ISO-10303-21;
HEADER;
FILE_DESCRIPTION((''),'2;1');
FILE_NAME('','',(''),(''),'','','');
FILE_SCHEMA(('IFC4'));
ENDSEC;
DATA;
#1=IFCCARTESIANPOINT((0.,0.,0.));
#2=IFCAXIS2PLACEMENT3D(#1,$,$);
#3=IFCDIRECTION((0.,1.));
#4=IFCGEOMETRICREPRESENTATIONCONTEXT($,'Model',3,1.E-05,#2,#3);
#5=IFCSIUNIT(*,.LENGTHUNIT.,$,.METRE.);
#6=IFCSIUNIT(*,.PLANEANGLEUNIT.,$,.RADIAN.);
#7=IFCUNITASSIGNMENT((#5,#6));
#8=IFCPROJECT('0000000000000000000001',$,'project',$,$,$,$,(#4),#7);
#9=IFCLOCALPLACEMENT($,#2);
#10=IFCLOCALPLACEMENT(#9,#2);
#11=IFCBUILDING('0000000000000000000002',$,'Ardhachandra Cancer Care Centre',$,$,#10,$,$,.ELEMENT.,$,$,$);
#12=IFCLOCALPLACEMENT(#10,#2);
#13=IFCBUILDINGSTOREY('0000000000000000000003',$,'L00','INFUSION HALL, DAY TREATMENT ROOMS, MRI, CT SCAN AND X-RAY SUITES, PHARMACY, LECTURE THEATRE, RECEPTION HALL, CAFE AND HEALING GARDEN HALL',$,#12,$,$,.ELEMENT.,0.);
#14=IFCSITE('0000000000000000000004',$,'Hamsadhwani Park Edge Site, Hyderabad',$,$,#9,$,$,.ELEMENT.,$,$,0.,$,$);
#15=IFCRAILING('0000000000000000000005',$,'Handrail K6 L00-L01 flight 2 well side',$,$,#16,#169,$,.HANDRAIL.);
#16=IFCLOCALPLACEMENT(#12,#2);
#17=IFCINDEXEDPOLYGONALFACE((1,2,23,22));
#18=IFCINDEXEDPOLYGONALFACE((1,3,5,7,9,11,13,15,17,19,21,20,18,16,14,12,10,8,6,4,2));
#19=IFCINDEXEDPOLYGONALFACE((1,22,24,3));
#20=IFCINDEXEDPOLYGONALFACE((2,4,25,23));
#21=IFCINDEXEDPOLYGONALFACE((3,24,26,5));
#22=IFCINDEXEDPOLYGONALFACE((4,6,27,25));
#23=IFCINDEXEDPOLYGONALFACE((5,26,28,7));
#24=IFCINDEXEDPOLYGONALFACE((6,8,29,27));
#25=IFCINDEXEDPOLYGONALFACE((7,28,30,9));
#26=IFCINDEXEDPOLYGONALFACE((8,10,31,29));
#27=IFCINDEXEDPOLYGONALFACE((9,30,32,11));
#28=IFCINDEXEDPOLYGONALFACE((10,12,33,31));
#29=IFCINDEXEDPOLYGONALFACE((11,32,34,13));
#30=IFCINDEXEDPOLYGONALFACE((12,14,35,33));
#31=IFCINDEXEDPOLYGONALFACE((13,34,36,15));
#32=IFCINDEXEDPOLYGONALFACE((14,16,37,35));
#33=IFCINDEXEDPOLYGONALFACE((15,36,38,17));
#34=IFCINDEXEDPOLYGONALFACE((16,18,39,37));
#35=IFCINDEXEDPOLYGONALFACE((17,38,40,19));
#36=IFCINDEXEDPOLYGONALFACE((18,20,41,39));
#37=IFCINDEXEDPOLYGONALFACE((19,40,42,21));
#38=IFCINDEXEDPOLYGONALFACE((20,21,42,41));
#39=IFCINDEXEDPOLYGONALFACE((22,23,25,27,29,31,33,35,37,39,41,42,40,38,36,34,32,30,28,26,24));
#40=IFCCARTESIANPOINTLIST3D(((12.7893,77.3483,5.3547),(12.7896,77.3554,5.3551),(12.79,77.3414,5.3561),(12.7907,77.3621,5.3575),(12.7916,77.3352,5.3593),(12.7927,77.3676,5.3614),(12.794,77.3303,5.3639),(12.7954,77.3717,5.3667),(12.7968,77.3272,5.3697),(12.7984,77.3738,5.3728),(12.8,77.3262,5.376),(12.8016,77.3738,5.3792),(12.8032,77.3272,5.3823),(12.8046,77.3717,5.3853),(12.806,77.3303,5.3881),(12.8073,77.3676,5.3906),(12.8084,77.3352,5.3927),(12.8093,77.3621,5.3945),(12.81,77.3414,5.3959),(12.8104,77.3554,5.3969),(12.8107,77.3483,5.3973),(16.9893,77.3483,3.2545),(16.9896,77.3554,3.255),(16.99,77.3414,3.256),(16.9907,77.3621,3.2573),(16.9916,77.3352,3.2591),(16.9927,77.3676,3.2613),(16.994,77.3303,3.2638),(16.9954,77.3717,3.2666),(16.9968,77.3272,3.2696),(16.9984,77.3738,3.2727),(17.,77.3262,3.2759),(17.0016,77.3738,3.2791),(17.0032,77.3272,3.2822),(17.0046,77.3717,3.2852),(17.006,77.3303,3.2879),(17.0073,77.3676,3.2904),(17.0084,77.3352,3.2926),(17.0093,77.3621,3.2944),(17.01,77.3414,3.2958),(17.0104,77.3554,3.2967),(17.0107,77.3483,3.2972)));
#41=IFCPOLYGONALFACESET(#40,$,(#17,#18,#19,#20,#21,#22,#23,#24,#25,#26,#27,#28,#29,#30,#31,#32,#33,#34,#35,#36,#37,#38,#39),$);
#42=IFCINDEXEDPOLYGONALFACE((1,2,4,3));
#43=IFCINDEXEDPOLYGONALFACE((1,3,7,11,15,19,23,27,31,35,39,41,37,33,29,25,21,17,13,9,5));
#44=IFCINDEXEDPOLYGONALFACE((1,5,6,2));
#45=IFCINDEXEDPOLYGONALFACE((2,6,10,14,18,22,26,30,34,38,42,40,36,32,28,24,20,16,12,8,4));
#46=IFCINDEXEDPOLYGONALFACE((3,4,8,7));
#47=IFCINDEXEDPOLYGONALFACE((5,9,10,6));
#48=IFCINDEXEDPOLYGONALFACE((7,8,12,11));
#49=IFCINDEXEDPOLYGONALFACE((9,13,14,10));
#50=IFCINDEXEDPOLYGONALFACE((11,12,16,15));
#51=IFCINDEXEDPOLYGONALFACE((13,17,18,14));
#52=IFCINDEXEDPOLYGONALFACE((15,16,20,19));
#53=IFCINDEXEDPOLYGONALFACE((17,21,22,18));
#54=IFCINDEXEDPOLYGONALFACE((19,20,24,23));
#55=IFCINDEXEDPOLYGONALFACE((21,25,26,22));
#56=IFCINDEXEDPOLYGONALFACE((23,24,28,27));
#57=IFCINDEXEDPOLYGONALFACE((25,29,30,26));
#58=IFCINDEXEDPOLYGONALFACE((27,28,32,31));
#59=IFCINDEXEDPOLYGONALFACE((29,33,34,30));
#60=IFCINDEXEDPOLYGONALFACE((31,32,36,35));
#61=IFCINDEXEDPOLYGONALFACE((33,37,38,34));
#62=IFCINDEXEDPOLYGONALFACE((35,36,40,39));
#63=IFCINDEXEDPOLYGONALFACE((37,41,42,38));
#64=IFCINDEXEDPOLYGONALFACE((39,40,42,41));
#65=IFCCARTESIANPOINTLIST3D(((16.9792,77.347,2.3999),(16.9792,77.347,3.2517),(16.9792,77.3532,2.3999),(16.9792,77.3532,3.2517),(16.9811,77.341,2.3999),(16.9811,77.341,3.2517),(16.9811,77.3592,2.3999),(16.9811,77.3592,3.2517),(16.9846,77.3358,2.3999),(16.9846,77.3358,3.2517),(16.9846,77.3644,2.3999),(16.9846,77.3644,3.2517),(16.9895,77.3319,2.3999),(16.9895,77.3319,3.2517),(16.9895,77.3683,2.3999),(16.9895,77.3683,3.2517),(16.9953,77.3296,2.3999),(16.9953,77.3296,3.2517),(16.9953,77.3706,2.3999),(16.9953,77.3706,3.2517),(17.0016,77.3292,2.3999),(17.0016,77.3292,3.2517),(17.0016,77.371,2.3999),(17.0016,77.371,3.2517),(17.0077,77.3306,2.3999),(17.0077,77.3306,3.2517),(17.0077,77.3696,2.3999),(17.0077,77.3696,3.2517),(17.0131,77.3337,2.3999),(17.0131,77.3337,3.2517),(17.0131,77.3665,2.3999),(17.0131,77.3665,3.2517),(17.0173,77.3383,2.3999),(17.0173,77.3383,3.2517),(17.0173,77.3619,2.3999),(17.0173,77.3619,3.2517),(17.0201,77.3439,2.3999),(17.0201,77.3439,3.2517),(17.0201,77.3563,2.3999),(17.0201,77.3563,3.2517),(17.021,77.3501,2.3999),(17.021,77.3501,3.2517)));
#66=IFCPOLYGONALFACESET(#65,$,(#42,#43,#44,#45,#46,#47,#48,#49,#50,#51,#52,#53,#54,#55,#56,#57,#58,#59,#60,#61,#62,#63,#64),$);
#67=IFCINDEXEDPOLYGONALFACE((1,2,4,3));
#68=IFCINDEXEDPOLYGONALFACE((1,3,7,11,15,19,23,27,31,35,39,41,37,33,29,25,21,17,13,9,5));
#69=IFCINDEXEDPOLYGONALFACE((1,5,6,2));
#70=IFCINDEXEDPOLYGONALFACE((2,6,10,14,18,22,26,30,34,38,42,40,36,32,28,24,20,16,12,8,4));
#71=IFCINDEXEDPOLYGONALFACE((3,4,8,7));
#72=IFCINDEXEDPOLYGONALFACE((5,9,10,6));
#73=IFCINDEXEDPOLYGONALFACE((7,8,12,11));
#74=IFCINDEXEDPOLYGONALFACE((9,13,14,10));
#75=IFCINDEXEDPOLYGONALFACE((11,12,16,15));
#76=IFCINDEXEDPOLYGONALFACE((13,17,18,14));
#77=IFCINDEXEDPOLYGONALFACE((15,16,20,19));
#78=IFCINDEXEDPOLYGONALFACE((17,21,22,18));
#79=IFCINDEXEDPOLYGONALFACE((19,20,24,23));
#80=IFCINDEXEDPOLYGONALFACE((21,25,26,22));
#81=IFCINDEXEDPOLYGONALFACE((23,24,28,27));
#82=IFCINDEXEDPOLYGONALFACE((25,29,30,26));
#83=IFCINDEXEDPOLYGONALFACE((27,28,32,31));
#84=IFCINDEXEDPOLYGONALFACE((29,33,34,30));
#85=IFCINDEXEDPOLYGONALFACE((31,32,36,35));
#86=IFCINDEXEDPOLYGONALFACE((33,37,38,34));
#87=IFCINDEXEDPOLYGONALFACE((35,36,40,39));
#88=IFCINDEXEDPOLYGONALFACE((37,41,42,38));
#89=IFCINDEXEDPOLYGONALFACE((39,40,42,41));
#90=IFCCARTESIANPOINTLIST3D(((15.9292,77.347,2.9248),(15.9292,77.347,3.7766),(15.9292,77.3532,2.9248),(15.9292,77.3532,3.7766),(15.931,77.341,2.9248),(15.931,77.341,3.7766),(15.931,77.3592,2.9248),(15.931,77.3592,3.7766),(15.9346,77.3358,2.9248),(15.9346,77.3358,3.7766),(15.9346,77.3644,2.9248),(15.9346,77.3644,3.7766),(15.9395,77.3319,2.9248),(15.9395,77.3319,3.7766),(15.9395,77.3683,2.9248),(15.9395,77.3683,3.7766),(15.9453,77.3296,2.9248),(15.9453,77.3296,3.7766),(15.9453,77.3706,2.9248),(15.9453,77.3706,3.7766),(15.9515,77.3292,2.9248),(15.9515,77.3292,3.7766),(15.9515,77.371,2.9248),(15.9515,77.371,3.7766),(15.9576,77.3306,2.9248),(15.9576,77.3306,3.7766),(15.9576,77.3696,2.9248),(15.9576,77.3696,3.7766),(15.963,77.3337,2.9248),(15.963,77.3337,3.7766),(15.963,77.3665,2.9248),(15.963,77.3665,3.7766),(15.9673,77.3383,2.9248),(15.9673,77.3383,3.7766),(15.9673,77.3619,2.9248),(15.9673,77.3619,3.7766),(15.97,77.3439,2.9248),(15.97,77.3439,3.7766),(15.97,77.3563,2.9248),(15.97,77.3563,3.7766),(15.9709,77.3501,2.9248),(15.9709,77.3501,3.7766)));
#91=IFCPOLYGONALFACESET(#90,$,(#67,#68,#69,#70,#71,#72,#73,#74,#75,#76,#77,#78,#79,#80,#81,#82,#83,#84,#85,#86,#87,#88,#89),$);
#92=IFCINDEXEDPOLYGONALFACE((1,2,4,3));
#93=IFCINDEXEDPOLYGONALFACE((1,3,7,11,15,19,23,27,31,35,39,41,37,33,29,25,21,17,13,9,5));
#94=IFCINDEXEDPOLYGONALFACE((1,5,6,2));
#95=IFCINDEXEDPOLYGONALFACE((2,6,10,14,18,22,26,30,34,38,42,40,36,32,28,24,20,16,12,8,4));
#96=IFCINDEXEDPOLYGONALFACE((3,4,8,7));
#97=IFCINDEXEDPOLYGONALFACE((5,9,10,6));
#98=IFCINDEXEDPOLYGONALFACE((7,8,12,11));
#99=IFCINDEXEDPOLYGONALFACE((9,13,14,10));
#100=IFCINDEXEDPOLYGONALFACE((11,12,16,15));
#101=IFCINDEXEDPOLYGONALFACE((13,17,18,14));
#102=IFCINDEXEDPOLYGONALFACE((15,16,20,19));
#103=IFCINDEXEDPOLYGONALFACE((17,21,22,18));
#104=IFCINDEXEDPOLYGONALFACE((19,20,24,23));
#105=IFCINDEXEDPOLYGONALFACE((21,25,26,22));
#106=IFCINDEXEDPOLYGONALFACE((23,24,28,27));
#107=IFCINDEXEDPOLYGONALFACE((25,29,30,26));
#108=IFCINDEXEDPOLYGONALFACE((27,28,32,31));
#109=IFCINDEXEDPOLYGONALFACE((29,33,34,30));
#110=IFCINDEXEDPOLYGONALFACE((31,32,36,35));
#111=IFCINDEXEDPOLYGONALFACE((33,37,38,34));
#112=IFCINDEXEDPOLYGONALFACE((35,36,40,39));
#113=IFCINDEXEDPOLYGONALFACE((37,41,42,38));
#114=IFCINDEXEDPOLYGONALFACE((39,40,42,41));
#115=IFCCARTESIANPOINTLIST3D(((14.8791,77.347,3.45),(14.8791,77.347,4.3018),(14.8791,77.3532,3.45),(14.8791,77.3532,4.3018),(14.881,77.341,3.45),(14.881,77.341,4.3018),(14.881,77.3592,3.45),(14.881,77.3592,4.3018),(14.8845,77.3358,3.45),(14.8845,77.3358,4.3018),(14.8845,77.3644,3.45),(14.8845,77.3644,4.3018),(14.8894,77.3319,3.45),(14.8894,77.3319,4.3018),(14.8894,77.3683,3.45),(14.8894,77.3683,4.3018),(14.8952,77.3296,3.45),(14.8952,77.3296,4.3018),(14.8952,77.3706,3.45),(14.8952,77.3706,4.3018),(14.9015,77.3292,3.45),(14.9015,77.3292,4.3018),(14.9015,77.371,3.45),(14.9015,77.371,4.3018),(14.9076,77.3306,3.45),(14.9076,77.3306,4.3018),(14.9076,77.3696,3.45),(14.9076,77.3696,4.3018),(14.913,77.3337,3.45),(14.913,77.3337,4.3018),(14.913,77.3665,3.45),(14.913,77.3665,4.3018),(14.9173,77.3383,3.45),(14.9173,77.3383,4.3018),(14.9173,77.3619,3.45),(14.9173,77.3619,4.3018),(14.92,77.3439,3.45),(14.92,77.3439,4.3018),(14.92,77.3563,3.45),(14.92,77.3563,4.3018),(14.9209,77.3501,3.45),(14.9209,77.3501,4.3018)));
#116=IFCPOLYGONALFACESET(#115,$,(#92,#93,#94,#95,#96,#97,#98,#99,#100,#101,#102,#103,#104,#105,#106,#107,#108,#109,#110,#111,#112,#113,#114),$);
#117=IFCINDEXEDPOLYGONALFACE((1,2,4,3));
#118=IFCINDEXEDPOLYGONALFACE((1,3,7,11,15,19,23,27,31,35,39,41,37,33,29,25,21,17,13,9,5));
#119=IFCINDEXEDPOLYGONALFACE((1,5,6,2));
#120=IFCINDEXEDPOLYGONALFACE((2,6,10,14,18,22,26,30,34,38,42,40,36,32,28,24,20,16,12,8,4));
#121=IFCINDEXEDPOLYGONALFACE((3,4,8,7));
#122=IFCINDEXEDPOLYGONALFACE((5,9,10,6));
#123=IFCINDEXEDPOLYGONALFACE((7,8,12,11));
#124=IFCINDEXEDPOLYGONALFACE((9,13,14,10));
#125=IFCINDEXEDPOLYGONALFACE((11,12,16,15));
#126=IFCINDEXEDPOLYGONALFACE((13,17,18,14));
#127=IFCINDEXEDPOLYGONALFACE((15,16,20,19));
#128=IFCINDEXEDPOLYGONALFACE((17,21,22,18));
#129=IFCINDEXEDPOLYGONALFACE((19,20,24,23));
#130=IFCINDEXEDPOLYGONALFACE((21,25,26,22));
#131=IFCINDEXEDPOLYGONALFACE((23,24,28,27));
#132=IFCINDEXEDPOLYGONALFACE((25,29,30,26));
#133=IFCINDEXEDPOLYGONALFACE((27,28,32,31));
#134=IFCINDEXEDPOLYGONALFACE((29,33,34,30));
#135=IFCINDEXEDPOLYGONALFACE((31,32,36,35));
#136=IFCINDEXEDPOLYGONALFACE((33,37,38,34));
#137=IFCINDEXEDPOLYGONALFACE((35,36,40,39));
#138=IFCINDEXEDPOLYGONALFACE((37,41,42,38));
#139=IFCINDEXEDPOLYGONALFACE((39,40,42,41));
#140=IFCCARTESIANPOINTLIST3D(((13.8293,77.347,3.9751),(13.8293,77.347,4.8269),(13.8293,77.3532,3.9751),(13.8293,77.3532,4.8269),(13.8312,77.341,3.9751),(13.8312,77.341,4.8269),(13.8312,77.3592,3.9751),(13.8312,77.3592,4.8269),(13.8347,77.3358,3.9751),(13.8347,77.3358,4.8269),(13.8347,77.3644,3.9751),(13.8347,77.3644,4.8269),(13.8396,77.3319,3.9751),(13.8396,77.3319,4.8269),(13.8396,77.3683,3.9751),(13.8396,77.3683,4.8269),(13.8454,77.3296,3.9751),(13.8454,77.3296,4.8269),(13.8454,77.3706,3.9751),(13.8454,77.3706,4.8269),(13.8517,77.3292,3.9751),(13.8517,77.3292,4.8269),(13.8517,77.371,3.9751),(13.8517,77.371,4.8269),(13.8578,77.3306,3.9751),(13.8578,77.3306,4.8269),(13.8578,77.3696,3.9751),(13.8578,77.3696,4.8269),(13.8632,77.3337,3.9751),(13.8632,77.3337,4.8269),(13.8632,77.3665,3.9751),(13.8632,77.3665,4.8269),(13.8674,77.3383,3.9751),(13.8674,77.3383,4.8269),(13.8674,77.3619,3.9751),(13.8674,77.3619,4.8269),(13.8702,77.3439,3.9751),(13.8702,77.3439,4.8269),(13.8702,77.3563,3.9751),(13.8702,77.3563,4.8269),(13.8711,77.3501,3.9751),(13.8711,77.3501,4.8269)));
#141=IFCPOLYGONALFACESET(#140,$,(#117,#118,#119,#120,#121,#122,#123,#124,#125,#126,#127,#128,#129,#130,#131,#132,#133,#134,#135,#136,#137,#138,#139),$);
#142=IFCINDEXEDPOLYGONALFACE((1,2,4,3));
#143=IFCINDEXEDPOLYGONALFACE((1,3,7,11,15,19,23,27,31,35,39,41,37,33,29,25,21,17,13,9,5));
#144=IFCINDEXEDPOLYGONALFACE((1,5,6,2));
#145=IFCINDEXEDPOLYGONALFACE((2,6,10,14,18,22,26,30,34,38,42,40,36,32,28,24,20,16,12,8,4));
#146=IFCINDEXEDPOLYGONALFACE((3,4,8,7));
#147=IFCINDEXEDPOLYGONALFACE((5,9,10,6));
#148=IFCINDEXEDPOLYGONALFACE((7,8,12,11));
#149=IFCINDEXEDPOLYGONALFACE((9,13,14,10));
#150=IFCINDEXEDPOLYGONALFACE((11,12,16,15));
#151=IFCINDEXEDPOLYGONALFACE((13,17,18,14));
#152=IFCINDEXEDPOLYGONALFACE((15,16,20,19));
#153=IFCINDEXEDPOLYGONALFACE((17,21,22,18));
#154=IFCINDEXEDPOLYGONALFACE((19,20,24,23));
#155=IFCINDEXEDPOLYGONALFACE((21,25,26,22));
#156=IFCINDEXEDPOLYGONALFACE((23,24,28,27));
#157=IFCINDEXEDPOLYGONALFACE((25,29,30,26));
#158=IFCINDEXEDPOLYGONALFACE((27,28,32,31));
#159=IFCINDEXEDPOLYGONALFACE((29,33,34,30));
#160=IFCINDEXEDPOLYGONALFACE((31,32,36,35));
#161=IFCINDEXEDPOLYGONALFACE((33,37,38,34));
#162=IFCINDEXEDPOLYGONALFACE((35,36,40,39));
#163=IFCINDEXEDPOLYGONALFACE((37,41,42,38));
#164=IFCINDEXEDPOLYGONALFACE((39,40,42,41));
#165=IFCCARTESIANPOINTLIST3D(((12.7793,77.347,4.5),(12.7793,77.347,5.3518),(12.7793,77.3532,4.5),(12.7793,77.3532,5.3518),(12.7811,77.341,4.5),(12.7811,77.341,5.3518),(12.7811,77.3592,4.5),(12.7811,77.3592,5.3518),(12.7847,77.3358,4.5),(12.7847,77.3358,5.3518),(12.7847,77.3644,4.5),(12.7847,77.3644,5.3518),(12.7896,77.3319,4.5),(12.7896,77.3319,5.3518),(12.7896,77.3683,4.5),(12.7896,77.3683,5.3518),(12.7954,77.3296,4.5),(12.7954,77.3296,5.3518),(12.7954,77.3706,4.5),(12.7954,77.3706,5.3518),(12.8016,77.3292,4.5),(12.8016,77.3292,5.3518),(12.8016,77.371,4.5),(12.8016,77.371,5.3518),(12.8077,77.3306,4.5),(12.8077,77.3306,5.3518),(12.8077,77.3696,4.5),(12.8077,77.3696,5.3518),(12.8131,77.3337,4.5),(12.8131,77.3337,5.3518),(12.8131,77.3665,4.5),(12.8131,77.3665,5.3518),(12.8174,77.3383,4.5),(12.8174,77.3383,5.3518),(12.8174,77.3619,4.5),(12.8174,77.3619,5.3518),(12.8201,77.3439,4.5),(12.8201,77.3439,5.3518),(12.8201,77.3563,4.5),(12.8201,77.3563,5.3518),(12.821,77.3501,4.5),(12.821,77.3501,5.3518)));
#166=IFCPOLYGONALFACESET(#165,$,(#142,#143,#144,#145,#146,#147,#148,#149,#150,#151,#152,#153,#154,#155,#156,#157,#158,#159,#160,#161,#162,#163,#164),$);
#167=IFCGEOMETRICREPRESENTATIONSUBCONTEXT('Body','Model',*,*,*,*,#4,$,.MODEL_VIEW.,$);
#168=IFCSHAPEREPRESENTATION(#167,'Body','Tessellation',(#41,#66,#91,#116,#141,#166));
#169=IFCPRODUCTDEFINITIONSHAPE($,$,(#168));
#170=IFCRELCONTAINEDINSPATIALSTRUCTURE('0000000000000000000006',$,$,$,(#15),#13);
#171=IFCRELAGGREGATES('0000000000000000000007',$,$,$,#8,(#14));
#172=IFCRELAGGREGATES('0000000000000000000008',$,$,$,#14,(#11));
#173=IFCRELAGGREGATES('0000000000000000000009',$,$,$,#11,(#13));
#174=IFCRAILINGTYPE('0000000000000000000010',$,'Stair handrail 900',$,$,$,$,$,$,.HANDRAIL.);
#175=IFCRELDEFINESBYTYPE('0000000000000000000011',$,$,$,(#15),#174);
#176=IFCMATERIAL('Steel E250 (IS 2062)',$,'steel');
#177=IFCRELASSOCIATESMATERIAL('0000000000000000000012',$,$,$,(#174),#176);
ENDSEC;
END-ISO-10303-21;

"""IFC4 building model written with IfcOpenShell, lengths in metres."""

from ifc_helpers import new_model, si_unit, direction, frame, origin, origin_2d, place, context, subcontext, project, spatial, circle, extrude, material, type_object, element, save


model = new_model("IFC4")

# Units and contexts
model_context = context("Model", 3, precision=1e-05, world=origin(), true_north=direction((0.0, 1.0)))
body_context = subcontext(model_context, "Body", "Model", "MODEL_VIEW")
ifc_project = project(units=[si_unit("LENGTHUNIT", "METRE"), si_unit("PLANEANGLEUNIT", "RADIAN")], contexts=[model_context])

# Site, building, storey
site_placement = place(None, origin())
site = spatial("IfcSite", under=ifc_project, at=site_placement, Name="Hamsadhwani Park Edge Site, Hyderabad", CompositionType="ELEMENT", RefElevation=0.0)
building_placement = place(site_placement, origin())
building = spatial("IfcBuilding", under=site, at=building_placement, Name="Ardhachandra Cancer Care Centre", CompositionType="ELEMENT")
storey_placement = place(building_placement, origin())
storey = spatial("IfcBuildingStorey", under=building, at=storey_placement, Name="L00", Description="INFUSION HALL, DAY TREATMENT ROOMS, MRI, CT SCAN AND X-RAY SUITES, PHARMACY, LECTURE THEATRE, RECEPTION HALL, CAFE AND HEALING GARDEN HALL", CompositionType="ELEMENT", Elevation=0.0)

# Railing
ifc_material_1 = material(Name="Steel E250 (IS 2062)", Category="steel")
railing_type = type_object("IfcRailingType", Name="Stair handrail 900", PredefinedType="HANDRAIL", material=ifc_material_1)
for number, where, name in (
    (1, (17.0, 77.3501, 2.3999), "Handrail K6 L00-L01 flight 2 well side"),
):
    element("IfcRailing", number, at=place(storey_placement, frame(where)), inside=storey, type_object=railing_type, Name=name, PredefinedType="HANDRAIL", context=body_context, shape_type="SweptSolid", body=[
        extrude(circle(Radius=0.0239, at=origin_2d()), frame((0.0, 0.0, 0.876), z_axis=(-0.894417, 0.0, 0.447234), x_axis=(0.0, -1.0, 0.0)), (0.0, 0.0, 1.0), 4.6958),
        extrude(circle(Radius=0.021, at=origin_2d()), origin(), (0.0, 0.0, 1.0), 0.8518),
        extrude(circle(Radius=0.021, at=origin_2d()), frame((-1.05, 0.0, 0.5249)), (0.0, 0.0, 1.0), 0.8518),
        extrude(circle(Radius=0.021, at=origin_2d()), frame((-2.1001, 0.0, 1.05)), (0.0, 0.0, 1.0), 0.8518),
        extrude(circle(Radius=0.021, at=origin_2d()), frame((-3.1499, 0.0, 1.5752)), (0.0, 0.0, 1.0), 0.8518),
        extrude(circle(Radius=0.021, at=origin_2d()), frame((-4.2, 0.0, 2.1001)), (0.0, 0.0, 1.0), 0.8518),
    ])

save(model, "model.ifc")
